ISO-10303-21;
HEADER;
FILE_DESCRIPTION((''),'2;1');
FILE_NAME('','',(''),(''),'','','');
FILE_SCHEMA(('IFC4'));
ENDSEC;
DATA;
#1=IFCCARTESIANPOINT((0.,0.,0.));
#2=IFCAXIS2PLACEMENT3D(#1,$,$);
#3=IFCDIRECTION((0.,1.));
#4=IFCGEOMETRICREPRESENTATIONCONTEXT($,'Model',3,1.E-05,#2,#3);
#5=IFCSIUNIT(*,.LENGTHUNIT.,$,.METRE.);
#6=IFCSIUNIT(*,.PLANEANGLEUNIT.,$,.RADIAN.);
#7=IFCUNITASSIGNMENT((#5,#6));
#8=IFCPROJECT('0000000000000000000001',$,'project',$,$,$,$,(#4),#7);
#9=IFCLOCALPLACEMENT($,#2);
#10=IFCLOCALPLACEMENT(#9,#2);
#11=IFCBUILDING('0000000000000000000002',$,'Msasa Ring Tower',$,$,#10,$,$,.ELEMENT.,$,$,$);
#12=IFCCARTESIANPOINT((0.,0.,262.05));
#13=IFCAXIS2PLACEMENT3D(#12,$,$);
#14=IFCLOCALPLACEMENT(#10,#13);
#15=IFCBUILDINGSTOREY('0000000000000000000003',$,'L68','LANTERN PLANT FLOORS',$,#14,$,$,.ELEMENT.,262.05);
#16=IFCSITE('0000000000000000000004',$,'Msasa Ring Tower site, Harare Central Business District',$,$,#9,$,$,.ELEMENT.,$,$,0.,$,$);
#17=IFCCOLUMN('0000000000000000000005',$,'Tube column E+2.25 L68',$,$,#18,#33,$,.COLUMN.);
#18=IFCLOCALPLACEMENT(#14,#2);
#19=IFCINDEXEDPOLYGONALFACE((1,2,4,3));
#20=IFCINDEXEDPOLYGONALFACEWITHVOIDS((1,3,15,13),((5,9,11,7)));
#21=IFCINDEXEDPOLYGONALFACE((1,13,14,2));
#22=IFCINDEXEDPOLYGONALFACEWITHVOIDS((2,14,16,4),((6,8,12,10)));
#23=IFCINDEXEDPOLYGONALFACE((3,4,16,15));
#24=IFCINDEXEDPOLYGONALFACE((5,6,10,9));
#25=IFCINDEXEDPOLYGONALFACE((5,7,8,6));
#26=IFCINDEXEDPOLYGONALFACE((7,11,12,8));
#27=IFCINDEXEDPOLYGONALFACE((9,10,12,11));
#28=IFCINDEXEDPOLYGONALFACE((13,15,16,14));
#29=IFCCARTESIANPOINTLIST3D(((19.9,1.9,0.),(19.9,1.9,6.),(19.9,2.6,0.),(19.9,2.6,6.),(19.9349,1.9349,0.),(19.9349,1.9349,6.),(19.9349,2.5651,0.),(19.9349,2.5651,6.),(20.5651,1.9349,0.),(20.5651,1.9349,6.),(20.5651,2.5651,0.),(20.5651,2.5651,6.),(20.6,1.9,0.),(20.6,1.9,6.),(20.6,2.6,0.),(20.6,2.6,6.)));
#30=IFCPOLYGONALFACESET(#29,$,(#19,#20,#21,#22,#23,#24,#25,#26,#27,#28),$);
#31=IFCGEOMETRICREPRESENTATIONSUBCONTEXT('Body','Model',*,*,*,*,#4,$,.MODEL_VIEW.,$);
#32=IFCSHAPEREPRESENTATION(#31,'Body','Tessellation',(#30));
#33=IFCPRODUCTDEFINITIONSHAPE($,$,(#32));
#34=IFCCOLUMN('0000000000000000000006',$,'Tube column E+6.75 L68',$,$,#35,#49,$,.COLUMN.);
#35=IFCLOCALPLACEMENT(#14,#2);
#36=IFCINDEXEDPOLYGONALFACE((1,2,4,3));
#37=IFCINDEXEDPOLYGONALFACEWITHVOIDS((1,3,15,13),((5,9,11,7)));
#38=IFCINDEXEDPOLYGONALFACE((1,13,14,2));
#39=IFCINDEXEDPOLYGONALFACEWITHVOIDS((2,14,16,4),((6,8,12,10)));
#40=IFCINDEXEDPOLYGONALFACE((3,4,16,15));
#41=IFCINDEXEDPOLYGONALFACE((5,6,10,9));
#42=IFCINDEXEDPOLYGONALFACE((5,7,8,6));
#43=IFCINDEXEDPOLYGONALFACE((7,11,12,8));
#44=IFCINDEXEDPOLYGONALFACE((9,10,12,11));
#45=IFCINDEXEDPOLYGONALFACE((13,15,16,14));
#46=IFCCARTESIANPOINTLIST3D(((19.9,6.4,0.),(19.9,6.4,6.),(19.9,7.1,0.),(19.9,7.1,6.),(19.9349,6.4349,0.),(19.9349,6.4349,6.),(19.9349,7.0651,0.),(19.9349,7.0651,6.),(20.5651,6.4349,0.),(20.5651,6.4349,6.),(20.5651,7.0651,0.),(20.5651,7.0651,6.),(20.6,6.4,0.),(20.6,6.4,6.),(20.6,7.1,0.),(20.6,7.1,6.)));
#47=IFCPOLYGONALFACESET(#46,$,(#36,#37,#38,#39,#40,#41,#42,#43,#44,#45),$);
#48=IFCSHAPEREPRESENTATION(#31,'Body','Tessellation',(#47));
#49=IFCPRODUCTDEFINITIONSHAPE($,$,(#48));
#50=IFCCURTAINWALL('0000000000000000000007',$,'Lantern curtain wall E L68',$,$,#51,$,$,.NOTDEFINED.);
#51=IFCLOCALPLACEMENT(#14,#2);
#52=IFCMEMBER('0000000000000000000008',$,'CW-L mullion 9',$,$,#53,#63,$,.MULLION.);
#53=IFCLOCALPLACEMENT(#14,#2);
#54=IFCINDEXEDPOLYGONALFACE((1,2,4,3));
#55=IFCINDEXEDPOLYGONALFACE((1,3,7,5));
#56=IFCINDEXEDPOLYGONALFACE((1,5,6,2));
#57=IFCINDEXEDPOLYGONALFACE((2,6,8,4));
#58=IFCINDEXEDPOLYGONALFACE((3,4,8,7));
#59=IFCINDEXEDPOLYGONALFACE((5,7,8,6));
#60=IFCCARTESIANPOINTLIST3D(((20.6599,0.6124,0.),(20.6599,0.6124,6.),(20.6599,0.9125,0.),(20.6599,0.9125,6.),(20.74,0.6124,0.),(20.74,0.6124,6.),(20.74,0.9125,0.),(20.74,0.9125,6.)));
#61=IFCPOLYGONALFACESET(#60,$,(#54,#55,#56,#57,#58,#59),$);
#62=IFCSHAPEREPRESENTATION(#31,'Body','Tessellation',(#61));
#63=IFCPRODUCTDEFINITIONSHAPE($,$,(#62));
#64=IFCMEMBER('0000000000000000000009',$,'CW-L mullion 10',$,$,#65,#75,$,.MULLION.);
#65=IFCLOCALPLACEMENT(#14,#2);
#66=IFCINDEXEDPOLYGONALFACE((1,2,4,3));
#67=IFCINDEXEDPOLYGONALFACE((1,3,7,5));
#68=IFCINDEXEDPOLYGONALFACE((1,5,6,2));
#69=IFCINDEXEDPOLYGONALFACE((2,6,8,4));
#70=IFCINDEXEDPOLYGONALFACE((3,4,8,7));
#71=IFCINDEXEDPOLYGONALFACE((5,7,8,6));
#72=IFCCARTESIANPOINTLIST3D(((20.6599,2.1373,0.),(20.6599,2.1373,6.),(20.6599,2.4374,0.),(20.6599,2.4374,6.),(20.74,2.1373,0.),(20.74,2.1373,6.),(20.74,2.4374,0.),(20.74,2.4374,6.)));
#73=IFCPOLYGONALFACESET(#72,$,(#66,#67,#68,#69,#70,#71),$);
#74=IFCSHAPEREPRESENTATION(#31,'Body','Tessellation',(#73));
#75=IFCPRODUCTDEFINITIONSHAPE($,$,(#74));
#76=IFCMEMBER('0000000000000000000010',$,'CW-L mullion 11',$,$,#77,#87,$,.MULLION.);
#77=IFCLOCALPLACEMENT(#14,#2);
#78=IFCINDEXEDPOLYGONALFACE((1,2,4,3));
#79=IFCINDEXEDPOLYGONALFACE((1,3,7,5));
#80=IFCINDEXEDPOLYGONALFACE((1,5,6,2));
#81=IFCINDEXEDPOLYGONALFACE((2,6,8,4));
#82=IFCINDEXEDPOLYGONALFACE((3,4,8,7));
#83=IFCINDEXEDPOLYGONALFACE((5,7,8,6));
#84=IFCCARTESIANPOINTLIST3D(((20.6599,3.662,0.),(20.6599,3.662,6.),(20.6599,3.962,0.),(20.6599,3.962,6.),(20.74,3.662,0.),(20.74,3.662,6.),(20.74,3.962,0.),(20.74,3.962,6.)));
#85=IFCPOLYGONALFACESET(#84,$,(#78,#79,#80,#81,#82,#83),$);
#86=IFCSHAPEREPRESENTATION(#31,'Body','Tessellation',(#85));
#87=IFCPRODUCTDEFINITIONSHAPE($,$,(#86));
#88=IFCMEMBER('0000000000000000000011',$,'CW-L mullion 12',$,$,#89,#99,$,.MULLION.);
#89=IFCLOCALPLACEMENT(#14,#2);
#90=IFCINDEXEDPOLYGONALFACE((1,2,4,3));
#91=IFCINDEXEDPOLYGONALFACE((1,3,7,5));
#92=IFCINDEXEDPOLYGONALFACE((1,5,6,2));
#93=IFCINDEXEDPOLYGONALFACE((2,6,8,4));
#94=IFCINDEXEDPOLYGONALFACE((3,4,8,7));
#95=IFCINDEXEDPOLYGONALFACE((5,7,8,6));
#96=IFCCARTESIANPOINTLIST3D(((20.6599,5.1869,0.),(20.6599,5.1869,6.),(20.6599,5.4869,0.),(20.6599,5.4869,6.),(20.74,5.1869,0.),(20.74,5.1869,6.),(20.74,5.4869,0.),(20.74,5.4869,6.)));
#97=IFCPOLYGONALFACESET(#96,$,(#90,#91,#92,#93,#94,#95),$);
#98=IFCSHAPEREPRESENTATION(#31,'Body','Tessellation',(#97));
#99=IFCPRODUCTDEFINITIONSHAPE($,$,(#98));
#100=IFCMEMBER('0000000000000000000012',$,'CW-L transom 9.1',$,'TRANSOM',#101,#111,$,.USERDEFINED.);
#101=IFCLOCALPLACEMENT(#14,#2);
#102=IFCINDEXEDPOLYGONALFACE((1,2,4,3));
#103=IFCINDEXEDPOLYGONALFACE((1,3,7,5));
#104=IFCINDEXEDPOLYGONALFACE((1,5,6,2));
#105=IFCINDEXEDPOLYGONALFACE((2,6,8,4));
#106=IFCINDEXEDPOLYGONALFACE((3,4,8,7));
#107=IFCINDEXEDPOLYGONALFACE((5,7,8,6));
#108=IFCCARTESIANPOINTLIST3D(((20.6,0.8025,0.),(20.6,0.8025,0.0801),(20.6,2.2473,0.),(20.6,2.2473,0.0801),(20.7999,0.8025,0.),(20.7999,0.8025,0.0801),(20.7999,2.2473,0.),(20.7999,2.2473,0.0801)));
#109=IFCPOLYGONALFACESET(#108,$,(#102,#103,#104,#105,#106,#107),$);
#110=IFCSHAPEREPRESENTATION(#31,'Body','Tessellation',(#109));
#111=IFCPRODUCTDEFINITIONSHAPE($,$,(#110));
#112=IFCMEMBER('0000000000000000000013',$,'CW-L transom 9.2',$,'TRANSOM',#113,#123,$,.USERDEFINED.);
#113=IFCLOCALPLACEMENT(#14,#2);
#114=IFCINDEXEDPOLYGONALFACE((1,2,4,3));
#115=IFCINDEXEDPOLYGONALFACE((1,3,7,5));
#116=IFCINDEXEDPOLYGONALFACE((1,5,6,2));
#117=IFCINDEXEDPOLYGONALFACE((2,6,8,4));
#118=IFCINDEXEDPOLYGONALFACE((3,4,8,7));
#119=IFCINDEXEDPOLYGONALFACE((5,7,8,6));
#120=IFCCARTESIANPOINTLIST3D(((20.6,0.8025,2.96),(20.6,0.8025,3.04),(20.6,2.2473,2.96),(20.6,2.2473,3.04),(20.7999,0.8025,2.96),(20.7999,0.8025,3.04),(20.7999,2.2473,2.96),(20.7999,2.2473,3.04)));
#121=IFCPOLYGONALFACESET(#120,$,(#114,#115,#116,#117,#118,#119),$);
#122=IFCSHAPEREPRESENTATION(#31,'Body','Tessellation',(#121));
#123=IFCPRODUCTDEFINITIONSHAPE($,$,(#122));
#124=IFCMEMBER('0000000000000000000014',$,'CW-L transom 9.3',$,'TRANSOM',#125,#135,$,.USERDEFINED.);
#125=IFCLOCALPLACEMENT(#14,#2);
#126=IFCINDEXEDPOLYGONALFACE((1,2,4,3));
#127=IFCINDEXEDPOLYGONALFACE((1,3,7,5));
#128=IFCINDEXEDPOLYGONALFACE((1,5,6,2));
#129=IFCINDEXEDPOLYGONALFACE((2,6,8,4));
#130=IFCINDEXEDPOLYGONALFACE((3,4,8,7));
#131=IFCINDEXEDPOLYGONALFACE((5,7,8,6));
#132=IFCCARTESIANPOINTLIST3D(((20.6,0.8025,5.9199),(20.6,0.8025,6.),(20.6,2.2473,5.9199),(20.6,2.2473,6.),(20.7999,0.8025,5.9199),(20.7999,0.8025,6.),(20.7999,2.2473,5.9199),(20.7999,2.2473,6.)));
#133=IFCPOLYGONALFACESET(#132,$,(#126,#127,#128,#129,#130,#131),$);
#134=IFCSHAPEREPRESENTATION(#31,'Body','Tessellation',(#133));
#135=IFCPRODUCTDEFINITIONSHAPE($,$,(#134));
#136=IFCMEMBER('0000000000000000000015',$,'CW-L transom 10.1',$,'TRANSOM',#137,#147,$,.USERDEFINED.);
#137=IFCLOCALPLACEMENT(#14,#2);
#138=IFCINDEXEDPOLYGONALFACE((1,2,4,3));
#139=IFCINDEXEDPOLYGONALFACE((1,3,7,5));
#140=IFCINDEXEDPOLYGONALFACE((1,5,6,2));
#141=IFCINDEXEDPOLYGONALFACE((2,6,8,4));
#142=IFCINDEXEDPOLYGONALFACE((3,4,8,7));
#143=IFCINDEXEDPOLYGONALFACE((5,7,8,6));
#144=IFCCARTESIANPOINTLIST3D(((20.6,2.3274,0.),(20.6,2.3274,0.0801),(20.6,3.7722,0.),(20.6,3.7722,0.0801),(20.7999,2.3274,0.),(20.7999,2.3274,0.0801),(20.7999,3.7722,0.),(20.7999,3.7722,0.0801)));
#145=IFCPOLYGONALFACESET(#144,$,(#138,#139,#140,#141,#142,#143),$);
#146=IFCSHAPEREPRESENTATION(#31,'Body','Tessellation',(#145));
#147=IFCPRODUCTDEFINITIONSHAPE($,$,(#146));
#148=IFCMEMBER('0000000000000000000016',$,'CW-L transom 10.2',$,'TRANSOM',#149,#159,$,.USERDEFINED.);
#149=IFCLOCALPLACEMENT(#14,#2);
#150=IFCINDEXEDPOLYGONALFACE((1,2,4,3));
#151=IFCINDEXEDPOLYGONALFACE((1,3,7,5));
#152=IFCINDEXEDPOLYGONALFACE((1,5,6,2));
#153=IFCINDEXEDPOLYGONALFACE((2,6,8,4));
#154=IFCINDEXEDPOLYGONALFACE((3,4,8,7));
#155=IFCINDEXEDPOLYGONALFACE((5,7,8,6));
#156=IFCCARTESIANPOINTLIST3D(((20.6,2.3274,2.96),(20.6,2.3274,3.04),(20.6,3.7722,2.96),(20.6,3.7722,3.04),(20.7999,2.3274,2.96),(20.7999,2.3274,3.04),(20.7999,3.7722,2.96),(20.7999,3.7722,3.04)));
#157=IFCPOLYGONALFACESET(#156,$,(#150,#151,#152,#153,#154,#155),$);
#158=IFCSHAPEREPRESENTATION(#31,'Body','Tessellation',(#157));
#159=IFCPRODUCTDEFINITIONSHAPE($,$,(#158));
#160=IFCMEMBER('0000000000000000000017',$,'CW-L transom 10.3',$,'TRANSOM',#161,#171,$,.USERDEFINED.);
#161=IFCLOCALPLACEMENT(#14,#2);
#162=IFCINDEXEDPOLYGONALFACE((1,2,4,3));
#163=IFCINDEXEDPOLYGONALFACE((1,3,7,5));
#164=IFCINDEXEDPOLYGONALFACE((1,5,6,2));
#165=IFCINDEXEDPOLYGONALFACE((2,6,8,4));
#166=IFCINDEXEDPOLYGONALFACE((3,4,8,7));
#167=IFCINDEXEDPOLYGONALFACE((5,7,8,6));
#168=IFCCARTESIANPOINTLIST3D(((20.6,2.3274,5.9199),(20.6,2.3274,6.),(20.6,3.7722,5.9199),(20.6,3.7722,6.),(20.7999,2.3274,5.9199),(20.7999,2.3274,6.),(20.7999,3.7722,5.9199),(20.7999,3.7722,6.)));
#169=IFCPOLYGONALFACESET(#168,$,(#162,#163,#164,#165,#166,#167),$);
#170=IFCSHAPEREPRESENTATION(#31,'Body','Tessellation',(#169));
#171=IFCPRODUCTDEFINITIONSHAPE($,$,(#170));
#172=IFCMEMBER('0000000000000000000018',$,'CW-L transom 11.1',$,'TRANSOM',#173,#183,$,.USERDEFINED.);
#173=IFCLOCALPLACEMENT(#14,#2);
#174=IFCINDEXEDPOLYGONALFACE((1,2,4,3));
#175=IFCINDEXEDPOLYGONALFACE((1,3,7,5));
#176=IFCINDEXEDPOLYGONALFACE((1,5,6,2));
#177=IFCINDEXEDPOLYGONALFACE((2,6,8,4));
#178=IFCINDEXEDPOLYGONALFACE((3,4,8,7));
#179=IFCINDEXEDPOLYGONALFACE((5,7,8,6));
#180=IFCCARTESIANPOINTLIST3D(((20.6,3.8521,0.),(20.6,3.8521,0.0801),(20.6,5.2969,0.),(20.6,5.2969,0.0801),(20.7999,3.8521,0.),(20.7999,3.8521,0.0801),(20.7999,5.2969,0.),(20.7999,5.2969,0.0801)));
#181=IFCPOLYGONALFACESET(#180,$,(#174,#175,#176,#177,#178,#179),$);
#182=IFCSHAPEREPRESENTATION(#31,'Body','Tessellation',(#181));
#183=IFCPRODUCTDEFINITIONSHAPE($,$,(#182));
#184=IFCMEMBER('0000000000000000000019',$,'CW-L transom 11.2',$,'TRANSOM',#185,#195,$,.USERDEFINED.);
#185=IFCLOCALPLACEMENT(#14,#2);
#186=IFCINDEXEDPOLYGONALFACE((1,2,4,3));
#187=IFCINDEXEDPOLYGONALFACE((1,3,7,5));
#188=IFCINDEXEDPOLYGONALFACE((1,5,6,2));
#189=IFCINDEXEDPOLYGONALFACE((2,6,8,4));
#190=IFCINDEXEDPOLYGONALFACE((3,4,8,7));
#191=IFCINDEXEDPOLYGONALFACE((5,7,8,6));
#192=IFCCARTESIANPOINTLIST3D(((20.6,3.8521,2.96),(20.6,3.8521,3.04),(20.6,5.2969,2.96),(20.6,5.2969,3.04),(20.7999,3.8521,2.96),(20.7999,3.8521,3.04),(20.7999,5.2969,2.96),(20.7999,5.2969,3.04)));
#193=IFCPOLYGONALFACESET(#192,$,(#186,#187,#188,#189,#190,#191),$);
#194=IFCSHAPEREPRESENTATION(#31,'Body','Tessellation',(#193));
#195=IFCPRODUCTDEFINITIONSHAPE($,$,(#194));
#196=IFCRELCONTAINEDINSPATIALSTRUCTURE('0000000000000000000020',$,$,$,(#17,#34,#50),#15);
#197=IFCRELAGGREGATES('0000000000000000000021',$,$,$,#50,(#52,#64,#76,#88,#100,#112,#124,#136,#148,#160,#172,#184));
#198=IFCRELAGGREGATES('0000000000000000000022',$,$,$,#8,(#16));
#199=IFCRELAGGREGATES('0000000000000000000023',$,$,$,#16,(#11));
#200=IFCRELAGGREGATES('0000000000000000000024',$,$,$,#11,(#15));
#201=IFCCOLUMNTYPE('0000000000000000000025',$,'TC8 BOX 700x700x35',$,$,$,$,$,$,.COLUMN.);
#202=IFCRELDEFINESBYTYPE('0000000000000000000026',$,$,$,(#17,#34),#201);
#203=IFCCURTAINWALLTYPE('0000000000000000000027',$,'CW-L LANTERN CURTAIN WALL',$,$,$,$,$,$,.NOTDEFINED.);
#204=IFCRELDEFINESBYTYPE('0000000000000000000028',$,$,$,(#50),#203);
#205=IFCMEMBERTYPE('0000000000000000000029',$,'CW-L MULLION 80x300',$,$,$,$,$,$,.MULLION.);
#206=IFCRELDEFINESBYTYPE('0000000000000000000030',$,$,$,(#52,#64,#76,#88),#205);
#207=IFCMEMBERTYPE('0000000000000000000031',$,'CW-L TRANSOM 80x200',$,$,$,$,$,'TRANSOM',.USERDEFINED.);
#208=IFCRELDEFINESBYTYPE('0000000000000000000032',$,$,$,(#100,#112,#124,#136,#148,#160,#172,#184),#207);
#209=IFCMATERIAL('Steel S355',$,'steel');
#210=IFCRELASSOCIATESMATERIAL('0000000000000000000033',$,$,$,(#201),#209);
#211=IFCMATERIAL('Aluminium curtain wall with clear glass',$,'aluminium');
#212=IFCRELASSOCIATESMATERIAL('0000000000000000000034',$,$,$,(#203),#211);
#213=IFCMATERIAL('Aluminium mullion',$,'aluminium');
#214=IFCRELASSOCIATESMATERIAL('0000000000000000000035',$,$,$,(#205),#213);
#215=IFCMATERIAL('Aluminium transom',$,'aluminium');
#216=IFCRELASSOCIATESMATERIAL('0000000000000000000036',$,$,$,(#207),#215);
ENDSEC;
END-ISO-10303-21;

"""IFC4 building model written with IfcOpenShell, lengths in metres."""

from ifc_helpers import new_model, si_unit, direction, frame, origin, origin_2d, place, context, subcontext, project, spatial, rectangle, hollow_rectangle, extrude, material, material_profile, profile_set, type_object, element, aggregate, save


model = new_model("IFC4")

# Units and contexts
model_context = context("Model", 3, precision=1e-05, world=origin(), true_north=direction((0.0, 1.0)))
body_context = subcontext(model_context, "Body", "Model", "MODEL_VIEW")
ifc_project = project(units=[si_unit("LENGTHUNIT", "METRE"), si_unit("PLANEANGLEUNIT", "RADIAN")], contexts=[model_context])

# Site, building, storey
site_placement = place(None, origin())
site = spatial("IfcSite", under=ifc_project, at=site_placement, Name="Msasa Ring Tower site, Harare Central Business District", CompositionType="ELEMENT", RefElevation=0.0)
building_placement = place(site_placement, origin())
building = spatial("IfcBuilding", under=site, at=building_placement, Name="Msasa Ring Tower", CompositionType="ELEMENT")
storey_placement = place(building_placement, frame((0.0, 0.0, 262.05)))
storey = spatial("IfcBuildingStorey", under=building, at=storey_placement, Name="L68", Description="LANTERN PLANT FLOORS", CompositionType="ELEMENT", Elevation=262.05)

# Columns
ifc_material_1 = material(Name="Steel S355", Category="steel")
ifc_material_profile_1 = material_profile(ifc_material_1, hollow_rectangle(XDim=0.7, YDim=0.7, WallThickness=0.0349, at=origin_2d()), Name="BOX 700x700x35")
ifc_profile_set_1 = profile_set([ifc_material_profile_1], Name="Steel S355")
column_type = type_object("IfcColumnType", Name="TC8 BOX 700x700x35", PredefinedType="COLUMN", material=ifc_profile_set_1)
for number, where, z_axis, x_axis, name in (
    (1, (20.25, 2.25, 0.0), (0.0, 0.0, 1.0), (1.0, 0.0, 0.0), "Tube column E+2.25 L68"),
    (2, (20.25, 6.75, 0.0), (0.0, 0.0, 1.0), (1.0, 0.0, 0.0), "Tube column E+6.75 L68"),
):
    element("IfcColumn", number, at=place(storey_placement, frame(where, z_axis=z_axis, x_axis=x_axis)), inside=storey, type_object=column_type, Name=name, PredefinedType="COLUMN", context=body_context, shape_type="SweptSolid", body=[
        extrude(hollow_rectangle(XDim=0.7, YDim=0.7, WallThickness=0.0349, at=origin_2d()), origin(), (0.0, 0.0, 1.0), 6.0),
    ])

# Curtain wall, members
ifc_material_2 = material(Name="Aluminium curtain wall with clear glass", Category="aluminium")
curtain_wall_type = type_object("IfcCurtainWallType", Name="CW-L LANTERN CURTAIN WALL", PredefinedType="NOTDEFINED", material=ifc_material_2)
curtain_wall_placement = place(storey_placement, origin())
curtain_wall = element("IfcCurtainWall", 3, at=curtain_wall_placement, inside=storey, type_object=curtain_wall_type, Name="Lantern curtain wall E L68", PredefinedType="NOTDEFINED")
ifc_material_3 = material(Name="Aluminium mullion", Category="aluminium")
ifc_material_profile_2 = material_profile(ifc_material_3, rectangle(XDim=0.0801, YDim=0.3, at=origin_2d()), Name="AL 80x300")
ifc_profile_set_2 = profile_set([ifc_material_profile_2], Name="Aluminium mullion")
member_type_1 = type_object("IfcMemberType", Name="CW-L MULLION 80x300", PredefinedType="MULLION", material=ifc_profile_set_2)
member_1_placement = place(storey_placement, frame((20.7, 0.7625, 0.0), z_axis=(0.0, 0.0, 1.0), x_axis=(-1.0, 0.0, 0.0)))
member_1 = element("IfcMember", 4, at=member_1_placement, type_object=member_type_1, Name="CW-L mullion 9", PredefinedType="MULLION", context=body_context, shape_type="SweptSolid", body=[
    extrude(rectangle(XDim=0.0801, YDim=0.3, at=origin_2d()), origin(), (0.0, 0.0, 1.0), 6.0),
])
member_2_placement = place(storey_placement, frame((20.7, 2.2874, 0.0), z_axis=(0.0, 0.0, 1.0), x_axis=(-1.0, 0.0, 0.0)))
member_2 = element("IfcMember", 5, at=member_2_placement, type_object=member_type_1, Name="CW-L mullion 10", PredefinedType="MULLION", context=body_context, shape_type="SweptSolid", body=[
    extrude(rectangle(XDim=0.0801, YDim=0.3, at=origin_2d()), origin(), (0.0, 0.0, 1.0), 6.0),
])
member_3_placement = place(storey_placement, frame((20.7, 3.812, 0.0), z_axis=(0.0, 0.0, 1.0), x_axis=(-1.0, 0.0, 0.0)))
member_3 = element("IfcMember", 6, at=member_3_placement, type_object=member_type_1, Name="CW-L mullion 11", PredefinedType="MULLION", context=body_context, shape_type="SweptSolid", body=[
    extrude(rectangle(XDim=0.0801, YDim=0.3, at=origin_2d()), origin(), (0.0, 0.0, 1.0), 6.0),
])
member_4_placement = place(storey_placement, frame((20.7, 5.3369, 0.0), z_axis=(0.0, 0.0, 1.0), x_axis=(-1.0, 0.0, 0.0)))
member_4 = element("IfcMember", 7, at=member_4_placement, type_object=member_type_1, Name="CW-L mullion 12", PredefinedType="MULLION", context=body_context, shape_type="SweptSolid", body=[
    extrude(rectangle(XDim=0.0801, YDim=0.3, at=origin_2d()), origin(), (0.0, 0.0, 1.0), 6.0),
])
ifc_material_4 = material(Name="Aluminium transom", Category="aluminium")
ifc_material_profile_3 = material_profile(ifc_material_4, rectangle(XDim=0.2, YDim=0.0801, at=origin_2d()), Name="AL 80x200")
ifc_profile_set_3 = profile_set([ifc_material_profile_3], Name="Aluminium transom")
member_type_2 = type_object("IfcMemberType", Name="CW-L TRANSOM 80x200", ElementType="TRANSOM", PredefinedType="USERDEFINED", material=ifc_profile_set_3)
member_5_placement = place(storey_placement, frame((20.7, 0.8025, 0.04), z_axis=(0.0, 1.0, 0.0), x_axis=(-1.0, 0.0, 0.0)))
member_5 = element("IfcMember", 8, at=member_5_placement, type_object=member_type_2, Name="CW-L transom 9.1", ObjectType="TRANSOM", PredefinedType="USERDEFINED", context=body_context, shape_type="SweptSolid", body=[
    extrude(rectangle(XDim=0.2, YDim=0.0801, at=origin_2d()), origin(), (0.0, 0.0, 1.0), 1.4448),
])
member_6_placement = place(storey_placement, frame((20.7, 0.8025, 3.0), z_axis=(0.0, 1.0, 0.0), x_axis=(-1.0, 0.0, 0.0)))
member_6 = element("IfcMember", 9, at=member_6_placement, type_object=member_type_2, Name="CW-L transom 9.2", ObjectType="TRANSOM", PredefinedType="USERDEFINED", context=body_context, shape_type="SweptSolid", body=[
    extrude(rectangle(XDim=0.2, YDim=0.0801, at=origin_2d()), origin(), (0.0, 0.0, 1.0), 1.4448),
])
member_7_placement = place(storey_placement, frame((20.7, 0.8025, 5.96), z_axis=(0.0, 1.0, 0.0), x_axis=(-1.0, 0.0, 0.0)))
member_7 = element("IfcMember", 10, at=member_7_placement, type_object=member_type_2, Name="CW-L transom 9.3", ObjectType="TRANSOM", PredefinedType="USERDEFINED", context=body_context, shape_type="SweptSolid", body=[
    extrude(rectangle(XDim=0.2, YDim=0.0801, at=origin_2d()), origin(), (0.0, 0.0, 1.0), 1.4448),
])
member_8_placement = place(storey_placement, frame((20.7, 2.3274, 0.04), z_axis=(0.0, 1.0, 0.0), x_axis=(-1.0, 0.0, 0.0)))
member_8 = element("IfcMember", 11, at=member_8_placement, type_object=member_type_2, Name="CW-L transom 10.1", ObjectType="TRANSOM", PredefinedType="USERDEFINED", context=body_context, shape_type="SweptSolid", body=[
    extrude(rectangle(XDim=0.2, YDim=0.0801, at=origin_2d()), origin(), (0.0, 0.0, 1.0), 1.4448),
])
member_9_placement = place(storey_placement, frame((20.7, 2.3274, 3.0), z_axis=(0.0, 1.0, 0.0), x_axis=(-1.0, 0.0, 0.0)))
member_9 = element("IfcMember", 12, at=member_9_placement, type_object=member_type_2, Name="CW-L transom 10.2", ObjectType="TRANSOM", PredefinedType="USERDEFINED", context=body_context, shape_type="SweptSolid", body=[
    extrude(rectangle(XDim=0.2, YDim=0.0801, at=origin_2d()), origin(), (0.0, 0.0, 1.0), 1.4448),
])
member_10_placement = place(storey_placement, frame((20.7, 2.3274, 5.96), z_axis=(0.0, 1.0, 0.0), x_axis=(-1.0, 0.0, 0.0)))
member_10 = element("IfcMember", 13, at=member_10_placement, type_object=member_type_2, Name="CW-L transom 10.3", ObjectType="TRANSOM", PredefinedType="USERDEFINED", context=body_context, shape_type="SweptSolid", body=[
    extrude(rectangle(XDim=0.2, YDim=0.0801, at=origin_2d()), origin(), (0.0, 0.0, 1.0), 1.4448),
])
member_11_placement = place(storey_placement, frame((20.7, 3.8521, 0.04), z_axis=(0.0, 1.0, 0.0), x_axis=(-1.0, 0.0, 0.0)))
member_11 = element("IfcMember", 14, at=member_11_placement, type_object=member_type_2, Name="CW-L transom 11.1", ObjectType="TRANSOM", PredefinedType="USERDEFINED", context=body_context, shape_type="SweptSolid", body=[
    extrude(rectangle(XDim=0.2, YDim=0.0801, at=origin_2d()), origin(), (0.0, 0.0, 1.0), 1.4448),
])
member_12_placement = place(storey_placement, frame((20.7, 3.8521, 3.0), z_axis=(0.0, 1.0, 0.0), x_axis=(-1.0, 0.0, 0.0)))
member_12 = element("IfcMember", 15, at=member_12_placement, type_object=member_type_2, Name="CW-L transom 11.2", ObjectType="TRANSOM", PredefinedType="USERDEFINED", context=body_context, shape_type="SweptSolid", body=[
    extrude(rectangle(XDim=0.2, YDim=0.0801, at=origin_2d()), origin(), (0.0, 0.0, 1.0), 1.4448),
])

aggregate(curtain_wall, [member_1, member_2, member_3, member_4, member_5, member_6, member_7, member_8, member_9, member_10, member_11, member_12])

save(model, "model.ifc")
